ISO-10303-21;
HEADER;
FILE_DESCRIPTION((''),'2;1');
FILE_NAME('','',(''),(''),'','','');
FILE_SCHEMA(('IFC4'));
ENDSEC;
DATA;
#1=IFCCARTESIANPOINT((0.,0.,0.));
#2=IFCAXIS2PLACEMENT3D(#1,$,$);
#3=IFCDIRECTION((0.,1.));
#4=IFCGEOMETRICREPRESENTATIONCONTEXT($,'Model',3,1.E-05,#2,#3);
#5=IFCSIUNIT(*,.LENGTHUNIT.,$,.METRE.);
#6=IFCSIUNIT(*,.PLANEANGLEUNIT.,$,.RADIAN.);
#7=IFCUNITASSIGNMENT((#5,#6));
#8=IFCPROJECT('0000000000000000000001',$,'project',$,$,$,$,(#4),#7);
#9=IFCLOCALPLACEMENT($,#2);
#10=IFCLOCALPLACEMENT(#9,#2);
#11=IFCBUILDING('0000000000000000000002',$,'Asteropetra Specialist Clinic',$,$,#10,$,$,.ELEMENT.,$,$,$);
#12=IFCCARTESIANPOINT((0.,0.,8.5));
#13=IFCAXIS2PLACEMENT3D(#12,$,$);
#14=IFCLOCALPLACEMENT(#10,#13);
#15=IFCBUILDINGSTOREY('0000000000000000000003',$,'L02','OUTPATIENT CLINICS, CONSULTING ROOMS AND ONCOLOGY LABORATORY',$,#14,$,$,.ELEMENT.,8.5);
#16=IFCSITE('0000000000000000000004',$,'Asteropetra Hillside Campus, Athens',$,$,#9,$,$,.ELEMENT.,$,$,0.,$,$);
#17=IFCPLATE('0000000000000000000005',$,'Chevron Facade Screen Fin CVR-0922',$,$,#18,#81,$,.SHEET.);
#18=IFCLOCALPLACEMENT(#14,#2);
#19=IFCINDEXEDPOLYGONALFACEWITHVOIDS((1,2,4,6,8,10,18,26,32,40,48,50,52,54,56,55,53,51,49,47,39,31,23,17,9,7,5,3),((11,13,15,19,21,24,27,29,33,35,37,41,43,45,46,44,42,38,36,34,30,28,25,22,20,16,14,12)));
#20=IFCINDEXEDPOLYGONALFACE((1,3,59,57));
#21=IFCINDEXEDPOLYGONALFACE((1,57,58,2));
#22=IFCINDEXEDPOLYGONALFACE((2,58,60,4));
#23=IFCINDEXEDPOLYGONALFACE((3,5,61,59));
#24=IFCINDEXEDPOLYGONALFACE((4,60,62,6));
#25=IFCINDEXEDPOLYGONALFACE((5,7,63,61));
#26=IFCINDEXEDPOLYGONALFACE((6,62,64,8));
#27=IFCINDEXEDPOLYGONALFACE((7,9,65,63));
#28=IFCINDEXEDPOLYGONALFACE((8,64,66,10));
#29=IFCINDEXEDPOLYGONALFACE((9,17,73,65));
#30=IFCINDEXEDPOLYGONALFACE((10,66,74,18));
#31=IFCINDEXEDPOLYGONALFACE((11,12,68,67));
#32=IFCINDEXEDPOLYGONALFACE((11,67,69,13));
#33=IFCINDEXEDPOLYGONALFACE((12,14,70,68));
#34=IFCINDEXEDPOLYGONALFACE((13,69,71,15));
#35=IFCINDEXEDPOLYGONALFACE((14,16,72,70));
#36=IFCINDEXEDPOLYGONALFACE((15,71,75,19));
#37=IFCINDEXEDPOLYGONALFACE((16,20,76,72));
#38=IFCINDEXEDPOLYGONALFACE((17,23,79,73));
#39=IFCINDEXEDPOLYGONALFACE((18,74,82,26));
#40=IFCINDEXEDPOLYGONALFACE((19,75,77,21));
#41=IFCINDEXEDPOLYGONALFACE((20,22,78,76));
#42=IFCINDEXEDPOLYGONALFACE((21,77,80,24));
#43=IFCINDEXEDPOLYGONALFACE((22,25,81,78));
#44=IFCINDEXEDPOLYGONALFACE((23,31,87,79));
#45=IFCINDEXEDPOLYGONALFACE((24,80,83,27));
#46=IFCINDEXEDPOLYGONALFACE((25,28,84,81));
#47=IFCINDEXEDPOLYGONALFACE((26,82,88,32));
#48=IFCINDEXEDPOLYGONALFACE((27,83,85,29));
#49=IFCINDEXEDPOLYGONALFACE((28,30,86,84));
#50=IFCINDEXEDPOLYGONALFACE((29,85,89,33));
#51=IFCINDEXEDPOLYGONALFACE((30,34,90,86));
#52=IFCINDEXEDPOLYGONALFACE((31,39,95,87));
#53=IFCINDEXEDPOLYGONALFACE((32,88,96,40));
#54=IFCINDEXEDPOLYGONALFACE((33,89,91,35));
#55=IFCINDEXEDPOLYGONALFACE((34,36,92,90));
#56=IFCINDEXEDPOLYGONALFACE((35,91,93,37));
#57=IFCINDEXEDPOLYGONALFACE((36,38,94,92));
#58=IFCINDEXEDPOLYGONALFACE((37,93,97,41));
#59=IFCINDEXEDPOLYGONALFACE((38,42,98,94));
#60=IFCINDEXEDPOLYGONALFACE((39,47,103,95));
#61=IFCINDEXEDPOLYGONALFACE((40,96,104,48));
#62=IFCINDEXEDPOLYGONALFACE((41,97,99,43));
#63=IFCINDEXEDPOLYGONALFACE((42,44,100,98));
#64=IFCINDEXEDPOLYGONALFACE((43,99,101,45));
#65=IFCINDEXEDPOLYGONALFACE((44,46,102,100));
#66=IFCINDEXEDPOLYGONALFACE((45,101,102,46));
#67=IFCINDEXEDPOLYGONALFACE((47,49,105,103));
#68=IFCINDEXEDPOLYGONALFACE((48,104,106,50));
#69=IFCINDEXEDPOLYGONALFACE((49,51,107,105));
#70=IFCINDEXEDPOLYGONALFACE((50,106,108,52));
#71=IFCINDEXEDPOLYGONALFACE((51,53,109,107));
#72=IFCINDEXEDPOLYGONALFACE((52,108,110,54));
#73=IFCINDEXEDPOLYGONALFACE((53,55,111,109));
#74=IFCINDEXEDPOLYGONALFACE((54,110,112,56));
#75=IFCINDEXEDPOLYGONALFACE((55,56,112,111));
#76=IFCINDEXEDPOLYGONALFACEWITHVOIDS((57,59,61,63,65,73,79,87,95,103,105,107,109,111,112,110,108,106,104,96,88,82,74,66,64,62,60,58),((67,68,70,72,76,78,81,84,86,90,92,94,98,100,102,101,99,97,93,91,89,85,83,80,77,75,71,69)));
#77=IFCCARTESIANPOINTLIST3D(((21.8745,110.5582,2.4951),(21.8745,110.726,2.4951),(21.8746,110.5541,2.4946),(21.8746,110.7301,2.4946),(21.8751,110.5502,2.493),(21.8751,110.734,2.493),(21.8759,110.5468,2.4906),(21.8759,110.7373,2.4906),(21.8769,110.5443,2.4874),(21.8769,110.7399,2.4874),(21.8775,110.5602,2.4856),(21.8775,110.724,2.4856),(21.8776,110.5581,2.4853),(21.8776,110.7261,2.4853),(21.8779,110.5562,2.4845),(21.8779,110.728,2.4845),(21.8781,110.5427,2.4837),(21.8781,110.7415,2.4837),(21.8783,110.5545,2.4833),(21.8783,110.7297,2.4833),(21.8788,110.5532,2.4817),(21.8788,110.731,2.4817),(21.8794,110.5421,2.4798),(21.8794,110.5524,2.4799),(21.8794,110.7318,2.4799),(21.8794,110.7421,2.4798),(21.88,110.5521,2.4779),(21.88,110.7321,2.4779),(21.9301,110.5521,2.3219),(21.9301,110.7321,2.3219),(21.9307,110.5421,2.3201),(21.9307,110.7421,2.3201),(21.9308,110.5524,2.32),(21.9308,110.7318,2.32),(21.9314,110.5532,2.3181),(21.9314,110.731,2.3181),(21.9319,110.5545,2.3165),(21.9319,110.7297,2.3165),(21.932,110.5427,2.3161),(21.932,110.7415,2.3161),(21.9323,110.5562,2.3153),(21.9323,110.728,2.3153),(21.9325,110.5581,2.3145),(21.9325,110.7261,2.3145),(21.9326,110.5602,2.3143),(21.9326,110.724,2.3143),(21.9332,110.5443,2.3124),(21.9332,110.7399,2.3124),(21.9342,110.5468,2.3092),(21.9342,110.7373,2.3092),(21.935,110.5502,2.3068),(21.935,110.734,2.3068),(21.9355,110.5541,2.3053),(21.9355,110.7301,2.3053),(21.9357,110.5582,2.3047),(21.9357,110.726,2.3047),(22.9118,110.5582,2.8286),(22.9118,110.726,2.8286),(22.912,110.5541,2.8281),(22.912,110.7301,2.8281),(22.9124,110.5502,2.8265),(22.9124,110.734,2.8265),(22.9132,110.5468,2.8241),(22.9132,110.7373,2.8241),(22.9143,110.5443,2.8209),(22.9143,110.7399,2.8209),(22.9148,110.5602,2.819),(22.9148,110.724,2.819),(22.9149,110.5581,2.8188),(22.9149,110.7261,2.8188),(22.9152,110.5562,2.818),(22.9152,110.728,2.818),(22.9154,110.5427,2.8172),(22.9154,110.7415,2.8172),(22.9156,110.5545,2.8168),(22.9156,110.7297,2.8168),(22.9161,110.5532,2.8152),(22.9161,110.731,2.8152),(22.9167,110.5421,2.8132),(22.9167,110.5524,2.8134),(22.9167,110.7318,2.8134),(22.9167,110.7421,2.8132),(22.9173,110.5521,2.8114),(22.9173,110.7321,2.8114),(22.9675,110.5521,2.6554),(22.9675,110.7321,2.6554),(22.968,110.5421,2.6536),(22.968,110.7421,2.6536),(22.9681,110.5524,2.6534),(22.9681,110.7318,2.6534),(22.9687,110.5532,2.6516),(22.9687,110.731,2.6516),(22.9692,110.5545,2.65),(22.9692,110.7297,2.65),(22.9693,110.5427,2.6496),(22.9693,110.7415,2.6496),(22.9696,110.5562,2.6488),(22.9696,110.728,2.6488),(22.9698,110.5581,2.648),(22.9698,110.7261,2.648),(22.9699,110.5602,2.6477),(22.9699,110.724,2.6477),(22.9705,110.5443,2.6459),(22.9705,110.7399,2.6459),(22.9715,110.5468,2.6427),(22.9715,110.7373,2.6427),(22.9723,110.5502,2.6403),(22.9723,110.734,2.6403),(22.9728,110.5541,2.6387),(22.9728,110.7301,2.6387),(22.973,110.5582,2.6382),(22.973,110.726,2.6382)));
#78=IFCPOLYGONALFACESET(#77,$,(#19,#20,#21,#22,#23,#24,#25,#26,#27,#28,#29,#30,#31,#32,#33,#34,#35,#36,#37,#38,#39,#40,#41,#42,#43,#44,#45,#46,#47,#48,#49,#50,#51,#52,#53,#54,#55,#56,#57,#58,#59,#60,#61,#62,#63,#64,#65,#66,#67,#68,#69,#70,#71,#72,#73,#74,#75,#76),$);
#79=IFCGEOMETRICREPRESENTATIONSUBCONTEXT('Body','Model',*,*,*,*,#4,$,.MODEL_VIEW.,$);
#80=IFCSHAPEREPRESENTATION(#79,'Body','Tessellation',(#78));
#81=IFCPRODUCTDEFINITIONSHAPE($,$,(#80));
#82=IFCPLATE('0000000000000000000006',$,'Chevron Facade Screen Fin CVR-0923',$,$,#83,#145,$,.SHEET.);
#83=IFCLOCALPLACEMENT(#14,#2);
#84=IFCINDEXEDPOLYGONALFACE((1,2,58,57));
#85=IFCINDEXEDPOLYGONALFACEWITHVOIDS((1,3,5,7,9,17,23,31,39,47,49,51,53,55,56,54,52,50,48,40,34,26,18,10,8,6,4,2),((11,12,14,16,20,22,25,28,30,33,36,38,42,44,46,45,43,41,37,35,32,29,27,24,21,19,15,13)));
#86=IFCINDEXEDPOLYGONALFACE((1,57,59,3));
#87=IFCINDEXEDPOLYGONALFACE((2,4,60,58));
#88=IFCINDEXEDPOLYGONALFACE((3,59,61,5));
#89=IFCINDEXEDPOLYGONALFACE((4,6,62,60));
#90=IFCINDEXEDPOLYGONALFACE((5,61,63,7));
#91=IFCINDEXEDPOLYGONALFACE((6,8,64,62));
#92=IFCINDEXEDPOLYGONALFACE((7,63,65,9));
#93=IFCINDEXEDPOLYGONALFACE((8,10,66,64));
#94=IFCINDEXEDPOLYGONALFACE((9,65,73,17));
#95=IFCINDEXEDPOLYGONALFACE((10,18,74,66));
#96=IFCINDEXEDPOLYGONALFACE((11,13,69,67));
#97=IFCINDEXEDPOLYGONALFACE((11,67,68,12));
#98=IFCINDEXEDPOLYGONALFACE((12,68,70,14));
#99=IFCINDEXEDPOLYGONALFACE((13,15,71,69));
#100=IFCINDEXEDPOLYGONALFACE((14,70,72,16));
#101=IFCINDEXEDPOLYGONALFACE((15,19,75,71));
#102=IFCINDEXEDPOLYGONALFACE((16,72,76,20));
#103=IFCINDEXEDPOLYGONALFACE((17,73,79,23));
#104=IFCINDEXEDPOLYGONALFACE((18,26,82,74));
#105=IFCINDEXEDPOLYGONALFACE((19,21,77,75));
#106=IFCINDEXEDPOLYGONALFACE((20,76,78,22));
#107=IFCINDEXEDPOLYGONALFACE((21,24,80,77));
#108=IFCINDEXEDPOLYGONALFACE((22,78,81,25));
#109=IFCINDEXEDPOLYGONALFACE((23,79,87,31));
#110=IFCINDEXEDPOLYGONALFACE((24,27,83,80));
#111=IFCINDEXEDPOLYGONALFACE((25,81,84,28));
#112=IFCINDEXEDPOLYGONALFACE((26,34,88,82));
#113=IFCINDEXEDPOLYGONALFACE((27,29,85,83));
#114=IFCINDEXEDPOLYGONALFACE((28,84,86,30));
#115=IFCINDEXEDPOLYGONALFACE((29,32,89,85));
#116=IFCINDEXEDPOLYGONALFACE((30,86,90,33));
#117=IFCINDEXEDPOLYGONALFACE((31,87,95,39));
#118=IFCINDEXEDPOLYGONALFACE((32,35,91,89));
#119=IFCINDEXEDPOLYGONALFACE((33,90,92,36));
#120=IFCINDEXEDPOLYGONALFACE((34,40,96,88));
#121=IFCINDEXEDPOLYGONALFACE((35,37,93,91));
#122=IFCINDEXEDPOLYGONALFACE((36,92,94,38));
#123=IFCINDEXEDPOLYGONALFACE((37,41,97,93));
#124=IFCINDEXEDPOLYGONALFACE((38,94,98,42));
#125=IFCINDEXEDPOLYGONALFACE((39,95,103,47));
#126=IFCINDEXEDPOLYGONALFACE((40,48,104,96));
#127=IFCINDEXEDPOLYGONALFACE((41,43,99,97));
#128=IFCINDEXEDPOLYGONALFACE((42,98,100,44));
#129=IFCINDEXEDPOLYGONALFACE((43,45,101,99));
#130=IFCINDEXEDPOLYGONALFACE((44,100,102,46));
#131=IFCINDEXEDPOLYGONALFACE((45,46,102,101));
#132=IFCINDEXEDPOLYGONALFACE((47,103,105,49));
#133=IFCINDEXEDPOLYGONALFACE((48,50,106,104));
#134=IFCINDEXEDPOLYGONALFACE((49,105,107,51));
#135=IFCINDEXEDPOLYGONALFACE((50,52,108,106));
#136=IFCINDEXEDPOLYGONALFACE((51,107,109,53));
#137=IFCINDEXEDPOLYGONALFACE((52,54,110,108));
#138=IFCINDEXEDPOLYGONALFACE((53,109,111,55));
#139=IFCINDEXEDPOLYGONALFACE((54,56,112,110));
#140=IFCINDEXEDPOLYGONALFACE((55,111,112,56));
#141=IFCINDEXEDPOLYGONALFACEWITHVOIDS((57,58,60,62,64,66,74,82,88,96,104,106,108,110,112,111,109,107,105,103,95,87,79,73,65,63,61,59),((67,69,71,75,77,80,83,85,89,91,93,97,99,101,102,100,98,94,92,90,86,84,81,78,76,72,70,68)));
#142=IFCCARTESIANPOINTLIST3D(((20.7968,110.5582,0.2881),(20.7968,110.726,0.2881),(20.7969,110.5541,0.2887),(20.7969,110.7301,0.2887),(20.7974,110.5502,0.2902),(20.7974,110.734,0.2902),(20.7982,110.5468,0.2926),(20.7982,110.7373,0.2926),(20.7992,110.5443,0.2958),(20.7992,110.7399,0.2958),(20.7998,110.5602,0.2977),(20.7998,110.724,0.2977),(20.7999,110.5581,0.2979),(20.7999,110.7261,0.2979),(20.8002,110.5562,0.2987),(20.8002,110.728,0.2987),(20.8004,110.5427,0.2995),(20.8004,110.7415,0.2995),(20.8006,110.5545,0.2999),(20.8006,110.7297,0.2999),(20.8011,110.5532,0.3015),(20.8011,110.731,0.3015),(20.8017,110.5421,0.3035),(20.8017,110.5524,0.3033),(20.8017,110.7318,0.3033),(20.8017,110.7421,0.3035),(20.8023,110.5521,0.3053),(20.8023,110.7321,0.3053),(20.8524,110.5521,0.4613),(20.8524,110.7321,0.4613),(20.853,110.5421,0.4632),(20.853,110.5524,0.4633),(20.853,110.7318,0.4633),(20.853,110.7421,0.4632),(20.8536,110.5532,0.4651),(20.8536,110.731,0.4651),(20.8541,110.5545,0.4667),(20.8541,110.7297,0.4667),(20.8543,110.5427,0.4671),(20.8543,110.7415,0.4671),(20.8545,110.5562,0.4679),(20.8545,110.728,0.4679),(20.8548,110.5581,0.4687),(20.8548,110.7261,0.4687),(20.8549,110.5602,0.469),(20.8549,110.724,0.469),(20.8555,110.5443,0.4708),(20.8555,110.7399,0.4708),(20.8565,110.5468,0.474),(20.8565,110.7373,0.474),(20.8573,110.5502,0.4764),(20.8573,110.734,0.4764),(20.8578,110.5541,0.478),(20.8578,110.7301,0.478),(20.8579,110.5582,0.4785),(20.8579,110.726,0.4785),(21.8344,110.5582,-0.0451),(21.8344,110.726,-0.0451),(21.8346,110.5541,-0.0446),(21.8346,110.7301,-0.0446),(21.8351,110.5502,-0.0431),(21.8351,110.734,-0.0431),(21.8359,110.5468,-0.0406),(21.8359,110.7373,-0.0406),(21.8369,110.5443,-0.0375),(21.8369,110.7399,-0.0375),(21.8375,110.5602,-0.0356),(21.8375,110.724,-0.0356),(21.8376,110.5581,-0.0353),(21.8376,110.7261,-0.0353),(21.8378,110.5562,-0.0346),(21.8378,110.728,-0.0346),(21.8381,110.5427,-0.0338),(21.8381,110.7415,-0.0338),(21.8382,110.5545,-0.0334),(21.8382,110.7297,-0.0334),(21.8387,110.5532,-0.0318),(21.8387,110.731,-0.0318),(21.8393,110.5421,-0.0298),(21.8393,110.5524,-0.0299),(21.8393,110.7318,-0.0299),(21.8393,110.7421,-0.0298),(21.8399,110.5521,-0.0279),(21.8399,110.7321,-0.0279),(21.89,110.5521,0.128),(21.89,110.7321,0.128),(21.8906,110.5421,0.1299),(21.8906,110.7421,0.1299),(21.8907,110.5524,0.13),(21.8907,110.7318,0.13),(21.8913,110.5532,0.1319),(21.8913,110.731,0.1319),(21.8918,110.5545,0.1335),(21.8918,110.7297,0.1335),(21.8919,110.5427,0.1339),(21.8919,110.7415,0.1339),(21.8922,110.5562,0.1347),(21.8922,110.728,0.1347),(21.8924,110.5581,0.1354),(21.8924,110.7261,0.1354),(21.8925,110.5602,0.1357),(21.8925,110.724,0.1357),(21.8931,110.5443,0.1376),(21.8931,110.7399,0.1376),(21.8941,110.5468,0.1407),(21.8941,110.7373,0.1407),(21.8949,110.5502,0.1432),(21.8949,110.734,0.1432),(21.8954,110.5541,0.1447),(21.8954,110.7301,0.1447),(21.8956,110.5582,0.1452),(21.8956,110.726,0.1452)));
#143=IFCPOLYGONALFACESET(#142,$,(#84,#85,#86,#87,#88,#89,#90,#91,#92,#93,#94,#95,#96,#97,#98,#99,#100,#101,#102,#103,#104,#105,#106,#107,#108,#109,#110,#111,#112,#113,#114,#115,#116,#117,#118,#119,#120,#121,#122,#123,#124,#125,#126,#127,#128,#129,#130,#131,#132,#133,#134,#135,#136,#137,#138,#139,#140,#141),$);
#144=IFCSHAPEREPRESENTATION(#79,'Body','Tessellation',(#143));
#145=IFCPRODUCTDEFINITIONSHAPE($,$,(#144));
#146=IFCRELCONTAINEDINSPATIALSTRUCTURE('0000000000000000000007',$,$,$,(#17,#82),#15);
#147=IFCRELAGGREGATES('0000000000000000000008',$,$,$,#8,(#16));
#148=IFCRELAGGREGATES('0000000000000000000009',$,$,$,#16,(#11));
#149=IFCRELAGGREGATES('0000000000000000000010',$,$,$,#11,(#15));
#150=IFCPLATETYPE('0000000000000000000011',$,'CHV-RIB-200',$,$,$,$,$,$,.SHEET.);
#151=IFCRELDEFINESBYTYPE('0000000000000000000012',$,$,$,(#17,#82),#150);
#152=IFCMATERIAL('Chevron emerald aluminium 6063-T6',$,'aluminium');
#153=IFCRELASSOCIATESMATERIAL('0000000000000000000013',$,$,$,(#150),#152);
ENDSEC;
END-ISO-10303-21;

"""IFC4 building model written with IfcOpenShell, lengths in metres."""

from ifc_helpers import new_model, si_unit, direction, frame, origin, origin_2d, place, context, subcontext, project, spatial, hollow_rectangle, extrude, material, material_profile, profile_set, type_object, element, save


model = new_model("IFC4")

# Units and contexts
model_context = context("Model", 3, precision=1e-05, world=origin(), true_north=direction((0.0, 1.0)))
body_context = subcontext(model_context, "Body", "Model", "MODEL_VIEW")
ifc_project = project(units=[si_unit("LENGTHUNIT", "METRE"), si_unit("PLANEANGLEUNIT", "RADIAN")], contexts=[model_context])

# Site, building, storey
site_placement = place(None, origin())
site = spatial("IfcSite", under=ifc_project, at=site_placement, Name="Asteropetra Hillside Campus, Athens", CompositionType="ELEMENT", RefElevation=0.0)
building_placement = place(site_placement, origin())
building = spatial("IfcBuilding", under=site, at=building_placement, Name="Asteropetra Specialist Clinic", CompositionType="ELEMENT")
storey_placement = place(building_placement, frame((0.0, 0.0, 8.5)))
storey = spatial("IfcBuildingStorey", under=building, at=storey_placement, Name="L02", Description="OUTPATIENT CLINICS, CONSULTING ROOMS AND ONCOLOGY LABORATORY", CompositionType="ELEMENT", Elevation=8.5)

# Plates
ifc_material = material(Name="Chevron emerald aluminium 6063-T6", Category="aluminium")
ifc_material_profile = material_profile(ifc_material, hollow_rectangle(XDim=0.2, YDim=0.2, WallThickness=0.01, InnerFilletRadius=0.0081, OuterFilletRadius=0.0161, at=origin_2d()), Name="SHS 200x200x10.0")
ifc_profile_set = profile_set([ifc_material_profile], Name="Chevron emerald aluminium 6063-T6")
plate_type = type_object("IfcPlateType", Name="CHV-RIB-200", PredefinedType="SHEET", material=ifc_profile_set)
plate_1_placement = place(storey_placement, frame((22.9424, 110.6421, 2.7334), z_axis=(-0.952012, 0.0, -0.30606), x_axis=(0.0, -1.0, 0.0)))
element("IfcPlate", 1, at=plate_1_placement, inside=storey, type_object=plate_type, Name="Chevron Facade Screen Fin CVR-0922", PredefinedType="SHEET", context=body_context, shape_type="SweptSolid", body=[
    extrude(hollow_rectangle(XDim=0.2, YDim=0.2, WallThickness=0.01, InnerFilletRadius=0.0081, OuterFilletRadius=0.0161, at=origin_2d()), origin(), (0.0, 0.0, 1.0), 1.0896),
])
plate_2_placement = place(storey_placement, frame((21.865, 110.6421, 0.05), z_axis=(-0.952098, 0.0, 0.305792), x_axis=(0.0, -1.0, 0.0)))
element("IfcPlate", 2, at=plate_2_placement, inside=storey, type_object=plate_type, Name="Chevron Facade Screen Fin CVR-0923", PredefinedType="SHEET", context=body_context, shape_type="SweptSolid", body=[
    extrude(hollow_rectangle(XDim=0.2, YDim=0.2, WallThickness=0.01, InnerFilletRadius=0.0081, OuterFilletRadius=0.0161, at=origin_2d()), origin(), (0.0, 0.0, 1.0), 1.0898),
])

save(model, "model.ifc")
